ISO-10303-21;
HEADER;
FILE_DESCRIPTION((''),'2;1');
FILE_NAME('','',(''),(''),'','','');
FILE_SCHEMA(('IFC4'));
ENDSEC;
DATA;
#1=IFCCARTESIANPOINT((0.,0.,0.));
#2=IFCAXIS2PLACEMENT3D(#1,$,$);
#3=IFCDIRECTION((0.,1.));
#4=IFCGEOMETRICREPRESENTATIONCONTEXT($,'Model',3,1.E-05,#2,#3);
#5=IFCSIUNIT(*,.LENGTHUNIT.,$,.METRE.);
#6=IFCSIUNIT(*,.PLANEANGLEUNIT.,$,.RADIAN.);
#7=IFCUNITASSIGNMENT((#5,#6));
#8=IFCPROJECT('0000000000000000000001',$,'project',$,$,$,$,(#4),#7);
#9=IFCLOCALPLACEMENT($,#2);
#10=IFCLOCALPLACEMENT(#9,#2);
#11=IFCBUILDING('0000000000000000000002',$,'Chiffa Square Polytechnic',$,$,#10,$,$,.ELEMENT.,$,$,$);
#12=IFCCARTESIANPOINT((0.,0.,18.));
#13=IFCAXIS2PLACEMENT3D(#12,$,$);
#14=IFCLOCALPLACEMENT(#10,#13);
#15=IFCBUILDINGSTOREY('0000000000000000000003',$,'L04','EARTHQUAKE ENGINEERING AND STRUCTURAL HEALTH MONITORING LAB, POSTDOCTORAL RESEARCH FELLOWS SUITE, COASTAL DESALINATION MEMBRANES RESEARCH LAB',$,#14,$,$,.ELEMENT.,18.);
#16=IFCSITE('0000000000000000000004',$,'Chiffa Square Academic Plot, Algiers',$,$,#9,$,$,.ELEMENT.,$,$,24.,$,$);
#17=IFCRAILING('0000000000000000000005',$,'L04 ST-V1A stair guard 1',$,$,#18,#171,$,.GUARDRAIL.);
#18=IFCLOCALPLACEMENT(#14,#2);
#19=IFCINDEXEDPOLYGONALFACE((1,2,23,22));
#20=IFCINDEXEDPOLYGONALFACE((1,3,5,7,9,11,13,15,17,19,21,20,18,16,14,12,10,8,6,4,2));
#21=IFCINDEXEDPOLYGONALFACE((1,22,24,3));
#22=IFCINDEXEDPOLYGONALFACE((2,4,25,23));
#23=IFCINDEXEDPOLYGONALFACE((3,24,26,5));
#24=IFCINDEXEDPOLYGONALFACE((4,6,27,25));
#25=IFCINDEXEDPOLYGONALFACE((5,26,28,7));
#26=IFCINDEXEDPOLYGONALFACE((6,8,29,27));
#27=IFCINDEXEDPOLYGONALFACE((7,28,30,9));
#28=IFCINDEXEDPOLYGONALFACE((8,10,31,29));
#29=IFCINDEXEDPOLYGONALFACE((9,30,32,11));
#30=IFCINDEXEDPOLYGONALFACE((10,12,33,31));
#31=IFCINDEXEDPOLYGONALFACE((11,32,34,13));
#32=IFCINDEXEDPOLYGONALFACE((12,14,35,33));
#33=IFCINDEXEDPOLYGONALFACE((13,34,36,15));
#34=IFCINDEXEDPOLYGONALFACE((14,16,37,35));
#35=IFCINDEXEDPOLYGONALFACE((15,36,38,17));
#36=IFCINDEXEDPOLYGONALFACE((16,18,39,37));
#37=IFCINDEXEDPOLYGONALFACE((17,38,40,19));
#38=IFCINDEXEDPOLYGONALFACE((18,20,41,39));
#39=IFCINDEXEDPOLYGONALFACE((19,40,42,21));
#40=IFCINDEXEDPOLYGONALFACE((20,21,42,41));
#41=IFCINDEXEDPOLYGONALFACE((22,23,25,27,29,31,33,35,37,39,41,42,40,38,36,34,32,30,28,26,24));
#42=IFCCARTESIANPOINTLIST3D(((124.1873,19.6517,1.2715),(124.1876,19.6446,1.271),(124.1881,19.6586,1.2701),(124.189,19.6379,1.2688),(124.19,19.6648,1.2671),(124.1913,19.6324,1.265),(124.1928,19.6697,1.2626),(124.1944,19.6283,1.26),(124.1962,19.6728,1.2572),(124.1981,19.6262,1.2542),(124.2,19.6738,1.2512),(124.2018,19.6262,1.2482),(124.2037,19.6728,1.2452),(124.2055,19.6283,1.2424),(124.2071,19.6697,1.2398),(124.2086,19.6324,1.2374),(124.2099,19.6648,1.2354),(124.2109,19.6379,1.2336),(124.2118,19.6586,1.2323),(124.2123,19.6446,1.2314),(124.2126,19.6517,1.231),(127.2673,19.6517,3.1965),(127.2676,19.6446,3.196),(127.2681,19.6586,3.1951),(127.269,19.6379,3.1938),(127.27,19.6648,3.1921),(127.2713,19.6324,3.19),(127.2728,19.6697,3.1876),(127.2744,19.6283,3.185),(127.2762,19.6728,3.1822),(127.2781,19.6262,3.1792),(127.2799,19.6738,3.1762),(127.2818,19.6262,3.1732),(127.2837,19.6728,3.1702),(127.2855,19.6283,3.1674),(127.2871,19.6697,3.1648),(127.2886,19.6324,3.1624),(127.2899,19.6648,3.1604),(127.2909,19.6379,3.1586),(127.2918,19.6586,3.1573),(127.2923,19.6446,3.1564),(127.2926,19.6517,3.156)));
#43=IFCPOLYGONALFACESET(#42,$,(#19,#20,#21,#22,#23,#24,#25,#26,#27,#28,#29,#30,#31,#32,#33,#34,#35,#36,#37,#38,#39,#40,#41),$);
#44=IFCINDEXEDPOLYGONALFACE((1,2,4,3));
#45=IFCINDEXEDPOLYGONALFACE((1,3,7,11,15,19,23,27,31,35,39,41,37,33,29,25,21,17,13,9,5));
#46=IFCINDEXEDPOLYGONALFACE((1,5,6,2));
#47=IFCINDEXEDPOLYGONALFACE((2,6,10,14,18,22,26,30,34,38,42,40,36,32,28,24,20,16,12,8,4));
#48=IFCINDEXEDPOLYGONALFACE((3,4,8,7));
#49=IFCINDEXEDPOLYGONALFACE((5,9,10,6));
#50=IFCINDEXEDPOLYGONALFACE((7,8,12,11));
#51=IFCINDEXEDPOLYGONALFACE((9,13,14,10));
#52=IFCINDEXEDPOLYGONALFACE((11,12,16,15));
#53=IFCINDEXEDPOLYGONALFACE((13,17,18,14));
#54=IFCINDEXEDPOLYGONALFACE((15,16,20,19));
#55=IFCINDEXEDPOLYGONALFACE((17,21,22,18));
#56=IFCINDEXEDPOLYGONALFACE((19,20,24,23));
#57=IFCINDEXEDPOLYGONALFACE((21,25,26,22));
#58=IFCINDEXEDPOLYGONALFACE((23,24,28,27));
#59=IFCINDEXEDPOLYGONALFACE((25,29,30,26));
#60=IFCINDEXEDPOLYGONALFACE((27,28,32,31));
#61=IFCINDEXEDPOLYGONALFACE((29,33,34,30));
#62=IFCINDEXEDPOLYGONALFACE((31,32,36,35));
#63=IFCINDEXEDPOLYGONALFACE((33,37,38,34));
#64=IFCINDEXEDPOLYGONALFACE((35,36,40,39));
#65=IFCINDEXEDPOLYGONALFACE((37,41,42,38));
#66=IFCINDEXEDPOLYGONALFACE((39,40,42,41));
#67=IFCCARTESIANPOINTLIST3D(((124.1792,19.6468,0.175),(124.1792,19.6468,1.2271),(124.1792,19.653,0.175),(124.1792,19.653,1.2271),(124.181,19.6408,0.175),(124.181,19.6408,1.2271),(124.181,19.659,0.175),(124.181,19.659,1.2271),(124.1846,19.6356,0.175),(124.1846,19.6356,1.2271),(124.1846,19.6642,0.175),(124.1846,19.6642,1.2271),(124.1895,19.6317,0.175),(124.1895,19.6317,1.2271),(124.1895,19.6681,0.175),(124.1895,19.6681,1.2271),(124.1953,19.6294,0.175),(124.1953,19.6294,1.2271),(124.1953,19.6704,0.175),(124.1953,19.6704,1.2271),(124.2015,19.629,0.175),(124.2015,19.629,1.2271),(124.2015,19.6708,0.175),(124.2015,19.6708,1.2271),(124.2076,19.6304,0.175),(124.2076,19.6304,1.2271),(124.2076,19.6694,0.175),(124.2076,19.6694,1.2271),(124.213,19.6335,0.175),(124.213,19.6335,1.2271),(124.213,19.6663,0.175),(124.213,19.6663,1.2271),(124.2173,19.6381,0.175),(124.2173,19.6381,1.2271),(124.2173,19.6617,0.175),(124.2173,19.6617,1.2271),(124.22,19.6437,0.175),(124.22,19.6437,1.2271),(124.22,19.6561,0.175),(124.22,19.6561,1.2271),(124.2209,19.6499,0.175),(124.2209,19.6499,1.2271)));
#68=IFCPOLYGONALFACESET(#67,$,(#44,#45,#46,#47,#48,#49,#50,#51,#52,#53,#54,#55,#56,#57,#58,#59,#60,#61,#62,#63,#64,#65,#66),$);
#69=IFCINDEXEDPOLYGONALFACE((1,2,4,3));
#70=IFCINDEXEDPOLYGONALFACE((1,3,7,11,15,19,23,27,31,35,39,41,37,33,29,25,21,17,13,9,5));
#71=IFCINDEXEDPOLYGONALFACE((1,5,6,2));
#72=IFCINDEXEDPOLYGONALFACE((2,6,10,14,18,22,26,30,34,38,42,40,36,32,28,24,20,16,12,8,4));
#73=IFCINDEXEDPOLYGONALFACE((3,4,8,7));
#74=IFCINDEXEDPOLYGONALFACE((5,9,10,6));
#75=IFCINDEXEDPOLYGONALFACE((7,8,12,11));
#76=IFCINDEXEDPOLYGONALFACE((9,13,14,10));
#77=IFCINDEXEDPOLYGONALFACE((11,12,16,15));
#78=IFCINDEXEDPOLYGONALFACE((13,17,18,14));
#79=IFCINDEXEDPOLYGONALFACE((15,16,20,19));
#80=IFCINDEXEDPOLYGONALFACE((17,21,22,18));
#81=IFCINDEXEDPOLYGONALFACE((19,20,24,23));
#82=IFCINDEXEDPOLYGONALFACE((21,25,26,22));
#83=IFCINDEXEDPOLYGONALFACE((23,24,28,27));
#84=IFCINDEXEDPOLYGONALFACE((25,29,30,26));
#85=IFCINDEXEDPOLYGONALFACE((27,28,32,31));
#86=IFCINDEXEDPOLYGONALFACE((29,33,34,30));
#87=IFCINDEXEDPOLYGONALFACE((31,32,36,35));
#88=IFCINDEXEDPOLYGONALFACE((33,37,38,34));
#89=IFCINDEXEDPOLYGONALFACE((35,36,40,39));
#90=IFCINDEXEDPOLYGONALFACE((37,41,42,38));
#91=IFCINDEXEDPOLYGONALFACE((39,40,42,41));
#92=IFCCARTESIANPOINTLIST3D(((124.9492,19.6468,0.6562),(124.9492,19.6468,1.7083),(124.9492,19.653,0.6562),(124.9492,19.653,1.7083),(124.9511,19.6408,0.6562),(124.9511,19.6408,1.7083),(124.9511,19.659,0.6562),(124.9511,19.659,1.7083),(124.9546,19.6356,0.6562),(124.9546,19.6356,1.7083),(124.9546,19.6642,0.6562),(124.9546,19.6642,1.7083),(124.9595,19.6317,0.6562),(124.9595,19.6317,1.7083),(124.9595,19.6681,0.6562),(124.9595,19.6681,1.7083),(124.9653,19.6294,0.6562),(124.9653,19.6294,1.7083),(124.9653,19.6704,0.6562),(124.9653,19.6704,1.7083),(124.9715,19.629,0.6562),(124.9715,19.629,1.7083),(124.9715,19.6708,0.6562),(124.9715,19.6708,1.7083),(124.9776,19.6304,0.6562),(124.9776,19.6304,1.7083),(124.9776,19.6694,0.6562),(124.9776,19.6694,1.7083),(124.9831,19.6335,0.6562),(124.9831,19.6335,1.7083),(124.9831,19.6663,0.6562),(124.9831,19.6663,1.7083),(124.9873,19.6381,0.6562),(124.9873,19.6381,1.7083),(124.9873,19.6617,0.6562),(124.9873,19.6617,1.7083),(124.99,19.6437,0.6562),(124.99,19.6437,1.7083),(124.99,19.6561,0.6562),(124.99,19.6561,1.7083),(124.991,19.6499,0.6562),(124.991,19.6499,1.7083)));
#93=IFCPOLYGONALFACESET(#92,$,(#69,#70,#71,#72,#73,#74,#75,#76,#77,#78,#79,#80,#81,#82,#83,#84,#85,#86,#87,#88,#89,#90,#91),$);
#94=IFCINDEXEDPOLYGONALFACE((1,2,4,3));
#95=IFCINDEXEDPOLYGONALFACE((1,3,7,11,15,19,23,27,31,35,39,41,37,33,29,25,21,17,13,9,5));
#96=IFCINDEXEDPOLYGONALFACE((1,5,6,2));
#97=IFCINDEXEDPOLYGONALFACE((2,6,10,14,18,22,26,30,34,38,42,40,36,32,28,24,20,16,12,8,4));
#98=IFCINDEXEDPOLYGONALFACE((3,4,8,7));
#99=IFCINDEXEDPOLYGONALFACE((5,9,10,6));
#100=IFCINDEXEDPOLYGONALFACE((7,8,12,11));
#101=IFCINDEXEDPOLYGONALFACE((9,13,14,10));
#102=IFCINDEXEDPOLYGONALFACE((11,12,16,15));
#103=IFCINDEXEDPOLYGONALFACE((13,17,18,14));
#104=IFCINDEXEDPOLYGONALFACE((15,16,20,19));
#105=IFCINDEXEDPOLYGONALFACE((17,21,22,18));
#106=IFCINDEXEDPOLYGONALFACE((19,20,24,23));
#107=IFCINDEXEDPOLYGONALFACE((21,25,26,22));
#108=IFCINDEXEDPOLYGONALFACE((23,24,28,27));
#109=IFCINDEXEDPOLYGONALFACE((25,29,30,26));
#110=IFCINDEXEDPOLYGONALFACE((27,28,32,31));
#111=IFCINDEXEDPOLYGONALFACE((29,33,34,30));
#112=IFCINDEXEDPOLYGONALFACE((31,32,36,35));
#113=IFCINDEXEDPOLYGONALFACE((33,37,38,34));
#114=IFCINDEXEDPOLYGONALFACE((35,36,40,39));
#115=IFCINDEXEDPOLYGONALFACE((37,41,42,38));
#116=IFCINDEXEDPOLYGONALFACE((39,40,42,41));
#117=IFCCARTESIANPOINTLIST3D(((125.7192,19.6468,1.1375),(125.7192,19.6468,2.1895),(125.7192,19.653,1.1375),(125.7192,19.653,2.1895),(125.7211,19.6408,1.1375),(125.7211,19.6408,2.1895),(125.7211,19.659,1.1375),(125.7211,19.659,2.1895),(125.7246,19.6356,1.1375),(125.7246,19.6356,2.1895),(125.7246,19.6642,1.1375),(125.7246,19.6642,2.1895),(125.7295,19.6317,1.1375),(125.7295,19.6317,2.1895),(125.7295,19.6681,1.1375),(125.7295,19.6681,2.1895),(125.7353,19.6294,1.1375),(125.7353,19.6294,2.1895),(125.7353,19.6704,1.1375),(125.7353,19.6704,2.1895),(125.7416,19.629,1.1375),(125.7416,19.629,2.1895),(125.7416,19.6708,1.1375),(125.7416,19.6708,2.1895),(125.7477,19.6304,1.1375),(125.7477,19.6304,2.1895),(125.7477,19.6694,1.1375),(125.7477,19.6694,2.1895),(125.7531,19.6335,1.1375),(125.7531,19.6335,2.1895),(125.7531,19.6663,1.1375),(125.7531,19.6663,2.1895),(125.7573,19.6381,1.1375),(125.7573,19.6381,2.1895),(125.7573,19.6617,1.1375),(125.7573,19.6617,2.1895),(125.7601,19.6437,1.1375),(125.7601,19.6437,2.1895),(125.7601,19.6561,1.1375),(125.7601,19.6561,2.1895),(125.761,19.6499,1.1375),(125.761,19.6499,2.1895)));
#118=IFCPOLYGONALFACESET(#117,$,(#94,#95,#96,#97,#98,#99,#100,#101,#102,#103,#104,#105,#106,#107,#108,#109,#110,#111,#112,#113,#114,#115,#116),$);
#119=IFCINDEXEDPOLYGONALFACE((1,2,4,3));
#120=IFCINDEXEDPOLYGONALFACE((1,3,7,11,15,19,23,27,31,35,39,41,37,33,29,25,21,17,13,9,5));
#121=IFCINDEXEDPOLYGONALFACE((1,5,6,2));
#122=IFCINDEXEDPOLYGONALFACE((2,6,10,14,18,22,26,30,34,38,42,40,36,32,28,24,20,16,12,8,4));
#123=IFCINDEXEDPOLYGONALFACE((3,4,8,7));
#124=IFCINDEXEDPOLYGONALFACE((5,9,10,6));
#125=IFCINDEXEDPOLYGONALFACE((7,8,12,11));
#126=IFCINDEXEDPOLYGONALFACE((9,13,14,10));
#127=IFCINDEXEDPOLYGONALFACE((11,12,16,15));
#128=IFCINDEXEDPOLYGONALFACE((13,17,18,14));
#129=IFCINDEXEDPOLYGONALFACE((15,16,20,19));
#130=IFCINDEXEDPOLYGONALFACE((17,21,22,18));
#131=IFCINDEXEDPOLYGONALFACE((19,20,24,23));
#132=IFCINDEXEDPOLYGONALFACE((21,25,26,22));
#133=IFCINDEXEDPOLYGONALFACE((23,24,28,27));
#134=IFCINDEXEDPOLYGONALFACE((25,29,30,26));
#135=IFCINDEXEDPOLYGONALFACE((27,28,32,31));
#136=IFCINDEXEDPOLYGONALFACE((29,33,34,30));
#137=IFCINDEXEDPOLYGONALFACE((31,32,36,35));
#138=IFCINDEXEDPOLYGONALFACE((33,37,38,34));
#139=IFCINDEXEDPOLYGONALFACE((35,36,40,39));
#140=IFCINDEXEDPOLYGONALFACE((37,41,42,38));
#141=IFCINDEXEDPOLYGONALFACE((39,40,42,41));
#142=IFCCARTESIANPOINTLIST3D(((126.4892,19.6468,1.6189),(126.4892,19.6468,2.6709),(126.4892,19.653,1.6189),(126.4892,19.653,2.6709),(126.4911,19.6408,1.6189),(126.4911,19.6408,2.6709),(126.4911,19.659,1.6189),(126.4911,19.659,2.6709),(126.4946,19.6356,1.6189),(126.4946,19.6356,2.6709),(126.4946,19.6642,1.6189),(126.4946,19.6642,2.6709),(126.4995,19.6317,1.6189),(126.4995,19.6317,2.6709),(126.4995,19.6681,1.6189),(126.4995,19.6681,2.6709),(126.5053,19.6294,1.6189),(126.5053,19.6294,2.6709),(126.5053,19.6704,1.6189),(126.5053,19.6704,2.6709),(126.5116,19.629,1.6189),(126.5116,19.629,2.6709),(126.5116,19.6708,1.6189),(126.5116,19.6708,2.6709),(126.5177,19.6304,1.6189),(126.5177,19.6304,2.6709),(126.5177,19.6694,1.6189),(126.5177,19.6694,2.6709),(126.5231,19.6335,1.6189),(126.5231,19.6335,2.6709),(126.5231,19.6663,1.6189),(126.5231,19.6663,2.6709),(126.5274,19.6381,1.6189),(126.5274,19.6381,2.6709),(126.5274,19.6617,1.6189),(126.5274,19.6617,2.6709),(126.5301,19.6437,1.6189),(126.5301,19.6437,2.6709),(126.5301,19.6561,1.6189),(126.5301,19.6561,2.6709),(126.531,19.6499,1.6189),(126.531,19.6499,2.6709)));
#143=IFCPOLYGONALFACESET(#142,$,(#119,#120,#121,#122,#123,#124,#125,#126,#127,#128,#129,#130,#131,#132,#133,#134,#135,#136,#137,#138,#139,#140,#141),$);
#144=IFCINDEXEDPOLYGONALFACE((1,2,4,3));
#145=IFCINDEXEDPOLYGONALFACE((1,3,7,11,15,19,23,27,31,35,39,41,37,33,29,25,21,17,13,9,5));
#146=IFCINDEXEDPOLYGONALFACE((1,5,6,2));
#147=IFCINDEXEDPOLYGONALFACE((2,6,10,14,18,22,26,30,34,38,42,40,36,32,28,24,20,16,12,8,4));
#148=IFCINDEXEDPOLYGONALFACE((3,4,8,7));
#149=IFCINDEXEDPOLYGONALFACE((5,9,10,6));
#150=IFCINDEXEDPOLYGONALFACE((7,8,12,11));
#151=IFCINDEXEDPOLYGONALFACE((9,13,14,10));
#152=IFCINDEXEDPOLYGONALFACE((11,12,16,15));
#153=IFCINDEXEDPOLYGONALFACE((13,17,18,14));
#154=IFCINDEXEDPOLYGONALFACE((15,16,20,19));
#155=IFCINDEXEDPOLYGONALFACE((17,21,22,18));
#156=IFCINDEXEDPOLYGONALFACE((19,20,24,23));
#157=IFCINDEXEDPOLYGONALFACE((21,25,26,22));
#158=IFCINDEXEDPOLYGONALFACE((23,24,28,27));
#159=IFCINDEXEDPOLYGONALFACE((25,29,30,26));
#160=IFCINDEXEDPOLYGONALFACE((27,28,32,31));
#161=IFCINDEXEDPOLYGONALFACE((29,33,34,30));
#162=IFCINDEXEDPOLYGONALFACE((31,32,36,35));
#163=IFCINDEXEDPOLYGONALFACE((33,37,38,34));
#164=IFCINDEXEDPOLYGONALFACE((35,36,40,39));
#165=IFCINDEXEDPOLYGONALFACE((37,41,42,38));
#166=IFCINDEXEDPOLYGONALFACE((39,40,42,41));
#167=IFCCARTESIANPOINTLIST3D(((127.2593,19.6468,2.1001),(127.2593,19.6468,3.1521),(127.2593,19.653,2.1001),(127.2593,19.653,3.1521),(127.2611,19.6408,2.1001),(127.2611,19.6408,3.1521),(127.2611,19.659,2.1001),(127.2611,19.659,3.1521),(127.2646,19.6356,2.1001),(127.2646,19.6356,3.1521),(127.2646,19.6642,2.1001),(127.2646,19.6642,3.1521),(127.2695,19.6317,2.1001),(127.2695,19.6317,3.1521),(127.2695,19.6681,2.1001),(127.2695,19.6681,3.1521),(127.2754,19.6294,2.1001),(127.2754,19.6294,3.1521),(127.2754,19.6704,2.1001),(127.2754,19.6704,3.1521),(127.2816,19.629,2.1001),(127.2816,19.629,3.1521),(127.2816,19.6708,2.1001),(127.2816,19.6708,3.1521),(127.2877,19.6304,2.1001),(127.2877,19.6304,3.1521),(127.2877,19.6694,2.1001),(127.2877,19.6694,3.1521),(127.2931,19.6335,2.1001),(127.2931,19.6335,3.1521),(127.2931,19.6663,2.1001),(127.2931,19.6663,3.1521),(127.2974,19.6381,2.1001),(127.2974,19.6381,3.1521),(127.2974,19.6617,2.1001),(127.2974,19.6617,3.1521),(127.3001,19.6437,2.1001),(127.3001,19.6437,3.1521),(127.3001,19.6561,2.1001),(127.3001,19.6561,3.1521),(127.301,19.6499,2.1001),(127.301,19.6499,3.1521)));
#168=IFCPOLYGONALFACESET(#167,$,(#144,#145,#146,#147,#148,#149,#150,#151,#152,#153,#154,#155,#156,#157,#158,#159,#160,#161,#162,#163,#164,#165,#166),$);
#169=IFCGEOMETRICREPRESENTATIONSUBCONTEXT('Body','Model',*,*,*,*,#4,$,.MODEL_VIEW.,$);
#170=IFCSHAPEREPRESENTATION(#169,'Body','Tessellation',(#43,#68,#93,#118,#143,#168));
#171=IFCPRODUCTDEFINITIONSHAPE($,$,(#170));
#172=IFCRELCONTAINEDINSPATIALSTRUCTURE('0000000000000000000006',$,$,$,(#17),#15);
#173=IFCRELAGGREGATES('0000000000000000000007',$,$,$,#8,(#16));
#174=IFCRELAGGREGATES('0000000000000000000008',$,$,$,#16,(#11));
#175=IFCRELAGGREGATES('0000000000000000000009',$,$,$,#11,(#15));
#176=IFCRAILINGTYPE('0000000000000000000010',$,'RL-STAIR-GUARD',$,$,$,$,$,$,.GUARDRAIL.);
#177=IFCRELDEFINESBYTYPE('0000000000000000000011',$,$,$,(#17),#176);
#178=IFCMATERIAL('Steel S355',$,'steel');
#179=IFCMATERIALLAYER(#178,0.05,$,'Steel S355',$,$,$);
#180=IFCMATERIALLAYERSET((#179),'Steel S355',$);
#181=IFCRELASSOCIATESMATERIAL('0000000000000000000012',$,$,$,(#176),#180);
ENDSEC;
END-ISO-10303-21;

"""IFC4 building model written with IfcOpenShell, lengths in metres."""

from ifc_helpers import new_model, si_unit, direction, frame, origin, origin_2d, place, context, subcontext, project, spatial, circle, extrude, material, layer, layer_set, type_object, element, save


model = new_model("IFC4")

# Units and contexts
model_context = context("Model", 3, precision=1e-05, world=origin(), true_north=direction((0.0, 1.0)))
body_context = subcontext(model_context, "Body", "Model", "MODEL_VIEW")
ifc_project = project(units=[si_unit("LENGTHUNIT", "METRE"), si_unit("PLANEANGLEUNIT", "RADIAN")], contexts=[model_context])

# Site, building, storey
site_placement = place(None, origin())
site = spatial("IfcSite", under=ifc_project, at=site_placement, Name="Chiffa Square Academic Plot, Algiers", CompositionType="ELEMENT", RefElevation=24.0)
building_placement = place(site_placement, origin())
building = spatial("IfcBuilding", under=site, at=building_placement, Name="Chiffa Square Polytechnic", CompositionType="ELEMENT")
storey_placement = place(building_placement, frame((0.0, 0.0, 18.0)))
storey = spatial("IfcBuildingStorey", under=building, at=storey_placement, Name="L04", Description="EARTHQUAKE ENGINEERING AND STRUCTURAL HEALTH MONITORING LAB, POSTDOCTORAL RESEARCH FELLOWS SUITE, COASTAL DESALINATION MEMBRANES RESEARCH LAB", CompositionType="ELEMENT", Elevation=18.0)

# Railing
ifc_material_1 = material(Name="Steel S355", Category="steel")
ifc_layer_1 = layer(ifc_material_1, 0.05, Name="Steel S355")
ifc_layer_set_1 = layer_set([ifc_layer_1], Name="Steel S355")
railing_type_1 = type_object("IfcRailingType", Name="RL-STAIR-GUARD", PredefinedType="GUARDRAIL", material=ifc_layer_set_1)
railing_1_placement = place(storey_placement, frame((124.2, 19.6499, 0.175)))
element("IfcRailing", 1, at=railing_1_placement, inside=storey, type_object=railing_type_1, Name="L04 ST-V1A stair guard 1", PredefinedType="GUARDRAIL", context=body_context, shape_type="SweptSolid", body=[
    extrude(circle(Radius=0.0239, at=origin_2d()), frame((0.0, 0.0, 1.0762), z_axis=(0.847998, 0.0, 0.529999), x_axis=(0.0, 1.0, 0.0)), (0.0, 0.0, 1.0), 3.6321),
    extrude(circle(Radius=0.021, at=origin_2d()), origin(), (0.0, 0.0, 1.0), 1.052),
    extrude(circle(Radius=0.021, at=origin_2d()), frame((0.77, 0.0, 0.4812)), (0.0, 0.0, 1.0), 1.052),
    extrude(circle(Radius=0.021, at=origin_2d()), frame((1.54, 0.0, 0.9624)), (0.0, 0.0, 1.0), 1.052),
    extrude(circle(Radius=0.021, at=origin_2d()), frame((2.3101, 0.0, 1.4438)), (0.0, 0.0, 1.0), 1.052),
    extrude(circle(Radius=0.021, at=origin_2d()), frame((3.0801, 0.0, 1.925)), (0.0, 0.0, 1.0), 1.052),
])

save(model, "model.ifc")
